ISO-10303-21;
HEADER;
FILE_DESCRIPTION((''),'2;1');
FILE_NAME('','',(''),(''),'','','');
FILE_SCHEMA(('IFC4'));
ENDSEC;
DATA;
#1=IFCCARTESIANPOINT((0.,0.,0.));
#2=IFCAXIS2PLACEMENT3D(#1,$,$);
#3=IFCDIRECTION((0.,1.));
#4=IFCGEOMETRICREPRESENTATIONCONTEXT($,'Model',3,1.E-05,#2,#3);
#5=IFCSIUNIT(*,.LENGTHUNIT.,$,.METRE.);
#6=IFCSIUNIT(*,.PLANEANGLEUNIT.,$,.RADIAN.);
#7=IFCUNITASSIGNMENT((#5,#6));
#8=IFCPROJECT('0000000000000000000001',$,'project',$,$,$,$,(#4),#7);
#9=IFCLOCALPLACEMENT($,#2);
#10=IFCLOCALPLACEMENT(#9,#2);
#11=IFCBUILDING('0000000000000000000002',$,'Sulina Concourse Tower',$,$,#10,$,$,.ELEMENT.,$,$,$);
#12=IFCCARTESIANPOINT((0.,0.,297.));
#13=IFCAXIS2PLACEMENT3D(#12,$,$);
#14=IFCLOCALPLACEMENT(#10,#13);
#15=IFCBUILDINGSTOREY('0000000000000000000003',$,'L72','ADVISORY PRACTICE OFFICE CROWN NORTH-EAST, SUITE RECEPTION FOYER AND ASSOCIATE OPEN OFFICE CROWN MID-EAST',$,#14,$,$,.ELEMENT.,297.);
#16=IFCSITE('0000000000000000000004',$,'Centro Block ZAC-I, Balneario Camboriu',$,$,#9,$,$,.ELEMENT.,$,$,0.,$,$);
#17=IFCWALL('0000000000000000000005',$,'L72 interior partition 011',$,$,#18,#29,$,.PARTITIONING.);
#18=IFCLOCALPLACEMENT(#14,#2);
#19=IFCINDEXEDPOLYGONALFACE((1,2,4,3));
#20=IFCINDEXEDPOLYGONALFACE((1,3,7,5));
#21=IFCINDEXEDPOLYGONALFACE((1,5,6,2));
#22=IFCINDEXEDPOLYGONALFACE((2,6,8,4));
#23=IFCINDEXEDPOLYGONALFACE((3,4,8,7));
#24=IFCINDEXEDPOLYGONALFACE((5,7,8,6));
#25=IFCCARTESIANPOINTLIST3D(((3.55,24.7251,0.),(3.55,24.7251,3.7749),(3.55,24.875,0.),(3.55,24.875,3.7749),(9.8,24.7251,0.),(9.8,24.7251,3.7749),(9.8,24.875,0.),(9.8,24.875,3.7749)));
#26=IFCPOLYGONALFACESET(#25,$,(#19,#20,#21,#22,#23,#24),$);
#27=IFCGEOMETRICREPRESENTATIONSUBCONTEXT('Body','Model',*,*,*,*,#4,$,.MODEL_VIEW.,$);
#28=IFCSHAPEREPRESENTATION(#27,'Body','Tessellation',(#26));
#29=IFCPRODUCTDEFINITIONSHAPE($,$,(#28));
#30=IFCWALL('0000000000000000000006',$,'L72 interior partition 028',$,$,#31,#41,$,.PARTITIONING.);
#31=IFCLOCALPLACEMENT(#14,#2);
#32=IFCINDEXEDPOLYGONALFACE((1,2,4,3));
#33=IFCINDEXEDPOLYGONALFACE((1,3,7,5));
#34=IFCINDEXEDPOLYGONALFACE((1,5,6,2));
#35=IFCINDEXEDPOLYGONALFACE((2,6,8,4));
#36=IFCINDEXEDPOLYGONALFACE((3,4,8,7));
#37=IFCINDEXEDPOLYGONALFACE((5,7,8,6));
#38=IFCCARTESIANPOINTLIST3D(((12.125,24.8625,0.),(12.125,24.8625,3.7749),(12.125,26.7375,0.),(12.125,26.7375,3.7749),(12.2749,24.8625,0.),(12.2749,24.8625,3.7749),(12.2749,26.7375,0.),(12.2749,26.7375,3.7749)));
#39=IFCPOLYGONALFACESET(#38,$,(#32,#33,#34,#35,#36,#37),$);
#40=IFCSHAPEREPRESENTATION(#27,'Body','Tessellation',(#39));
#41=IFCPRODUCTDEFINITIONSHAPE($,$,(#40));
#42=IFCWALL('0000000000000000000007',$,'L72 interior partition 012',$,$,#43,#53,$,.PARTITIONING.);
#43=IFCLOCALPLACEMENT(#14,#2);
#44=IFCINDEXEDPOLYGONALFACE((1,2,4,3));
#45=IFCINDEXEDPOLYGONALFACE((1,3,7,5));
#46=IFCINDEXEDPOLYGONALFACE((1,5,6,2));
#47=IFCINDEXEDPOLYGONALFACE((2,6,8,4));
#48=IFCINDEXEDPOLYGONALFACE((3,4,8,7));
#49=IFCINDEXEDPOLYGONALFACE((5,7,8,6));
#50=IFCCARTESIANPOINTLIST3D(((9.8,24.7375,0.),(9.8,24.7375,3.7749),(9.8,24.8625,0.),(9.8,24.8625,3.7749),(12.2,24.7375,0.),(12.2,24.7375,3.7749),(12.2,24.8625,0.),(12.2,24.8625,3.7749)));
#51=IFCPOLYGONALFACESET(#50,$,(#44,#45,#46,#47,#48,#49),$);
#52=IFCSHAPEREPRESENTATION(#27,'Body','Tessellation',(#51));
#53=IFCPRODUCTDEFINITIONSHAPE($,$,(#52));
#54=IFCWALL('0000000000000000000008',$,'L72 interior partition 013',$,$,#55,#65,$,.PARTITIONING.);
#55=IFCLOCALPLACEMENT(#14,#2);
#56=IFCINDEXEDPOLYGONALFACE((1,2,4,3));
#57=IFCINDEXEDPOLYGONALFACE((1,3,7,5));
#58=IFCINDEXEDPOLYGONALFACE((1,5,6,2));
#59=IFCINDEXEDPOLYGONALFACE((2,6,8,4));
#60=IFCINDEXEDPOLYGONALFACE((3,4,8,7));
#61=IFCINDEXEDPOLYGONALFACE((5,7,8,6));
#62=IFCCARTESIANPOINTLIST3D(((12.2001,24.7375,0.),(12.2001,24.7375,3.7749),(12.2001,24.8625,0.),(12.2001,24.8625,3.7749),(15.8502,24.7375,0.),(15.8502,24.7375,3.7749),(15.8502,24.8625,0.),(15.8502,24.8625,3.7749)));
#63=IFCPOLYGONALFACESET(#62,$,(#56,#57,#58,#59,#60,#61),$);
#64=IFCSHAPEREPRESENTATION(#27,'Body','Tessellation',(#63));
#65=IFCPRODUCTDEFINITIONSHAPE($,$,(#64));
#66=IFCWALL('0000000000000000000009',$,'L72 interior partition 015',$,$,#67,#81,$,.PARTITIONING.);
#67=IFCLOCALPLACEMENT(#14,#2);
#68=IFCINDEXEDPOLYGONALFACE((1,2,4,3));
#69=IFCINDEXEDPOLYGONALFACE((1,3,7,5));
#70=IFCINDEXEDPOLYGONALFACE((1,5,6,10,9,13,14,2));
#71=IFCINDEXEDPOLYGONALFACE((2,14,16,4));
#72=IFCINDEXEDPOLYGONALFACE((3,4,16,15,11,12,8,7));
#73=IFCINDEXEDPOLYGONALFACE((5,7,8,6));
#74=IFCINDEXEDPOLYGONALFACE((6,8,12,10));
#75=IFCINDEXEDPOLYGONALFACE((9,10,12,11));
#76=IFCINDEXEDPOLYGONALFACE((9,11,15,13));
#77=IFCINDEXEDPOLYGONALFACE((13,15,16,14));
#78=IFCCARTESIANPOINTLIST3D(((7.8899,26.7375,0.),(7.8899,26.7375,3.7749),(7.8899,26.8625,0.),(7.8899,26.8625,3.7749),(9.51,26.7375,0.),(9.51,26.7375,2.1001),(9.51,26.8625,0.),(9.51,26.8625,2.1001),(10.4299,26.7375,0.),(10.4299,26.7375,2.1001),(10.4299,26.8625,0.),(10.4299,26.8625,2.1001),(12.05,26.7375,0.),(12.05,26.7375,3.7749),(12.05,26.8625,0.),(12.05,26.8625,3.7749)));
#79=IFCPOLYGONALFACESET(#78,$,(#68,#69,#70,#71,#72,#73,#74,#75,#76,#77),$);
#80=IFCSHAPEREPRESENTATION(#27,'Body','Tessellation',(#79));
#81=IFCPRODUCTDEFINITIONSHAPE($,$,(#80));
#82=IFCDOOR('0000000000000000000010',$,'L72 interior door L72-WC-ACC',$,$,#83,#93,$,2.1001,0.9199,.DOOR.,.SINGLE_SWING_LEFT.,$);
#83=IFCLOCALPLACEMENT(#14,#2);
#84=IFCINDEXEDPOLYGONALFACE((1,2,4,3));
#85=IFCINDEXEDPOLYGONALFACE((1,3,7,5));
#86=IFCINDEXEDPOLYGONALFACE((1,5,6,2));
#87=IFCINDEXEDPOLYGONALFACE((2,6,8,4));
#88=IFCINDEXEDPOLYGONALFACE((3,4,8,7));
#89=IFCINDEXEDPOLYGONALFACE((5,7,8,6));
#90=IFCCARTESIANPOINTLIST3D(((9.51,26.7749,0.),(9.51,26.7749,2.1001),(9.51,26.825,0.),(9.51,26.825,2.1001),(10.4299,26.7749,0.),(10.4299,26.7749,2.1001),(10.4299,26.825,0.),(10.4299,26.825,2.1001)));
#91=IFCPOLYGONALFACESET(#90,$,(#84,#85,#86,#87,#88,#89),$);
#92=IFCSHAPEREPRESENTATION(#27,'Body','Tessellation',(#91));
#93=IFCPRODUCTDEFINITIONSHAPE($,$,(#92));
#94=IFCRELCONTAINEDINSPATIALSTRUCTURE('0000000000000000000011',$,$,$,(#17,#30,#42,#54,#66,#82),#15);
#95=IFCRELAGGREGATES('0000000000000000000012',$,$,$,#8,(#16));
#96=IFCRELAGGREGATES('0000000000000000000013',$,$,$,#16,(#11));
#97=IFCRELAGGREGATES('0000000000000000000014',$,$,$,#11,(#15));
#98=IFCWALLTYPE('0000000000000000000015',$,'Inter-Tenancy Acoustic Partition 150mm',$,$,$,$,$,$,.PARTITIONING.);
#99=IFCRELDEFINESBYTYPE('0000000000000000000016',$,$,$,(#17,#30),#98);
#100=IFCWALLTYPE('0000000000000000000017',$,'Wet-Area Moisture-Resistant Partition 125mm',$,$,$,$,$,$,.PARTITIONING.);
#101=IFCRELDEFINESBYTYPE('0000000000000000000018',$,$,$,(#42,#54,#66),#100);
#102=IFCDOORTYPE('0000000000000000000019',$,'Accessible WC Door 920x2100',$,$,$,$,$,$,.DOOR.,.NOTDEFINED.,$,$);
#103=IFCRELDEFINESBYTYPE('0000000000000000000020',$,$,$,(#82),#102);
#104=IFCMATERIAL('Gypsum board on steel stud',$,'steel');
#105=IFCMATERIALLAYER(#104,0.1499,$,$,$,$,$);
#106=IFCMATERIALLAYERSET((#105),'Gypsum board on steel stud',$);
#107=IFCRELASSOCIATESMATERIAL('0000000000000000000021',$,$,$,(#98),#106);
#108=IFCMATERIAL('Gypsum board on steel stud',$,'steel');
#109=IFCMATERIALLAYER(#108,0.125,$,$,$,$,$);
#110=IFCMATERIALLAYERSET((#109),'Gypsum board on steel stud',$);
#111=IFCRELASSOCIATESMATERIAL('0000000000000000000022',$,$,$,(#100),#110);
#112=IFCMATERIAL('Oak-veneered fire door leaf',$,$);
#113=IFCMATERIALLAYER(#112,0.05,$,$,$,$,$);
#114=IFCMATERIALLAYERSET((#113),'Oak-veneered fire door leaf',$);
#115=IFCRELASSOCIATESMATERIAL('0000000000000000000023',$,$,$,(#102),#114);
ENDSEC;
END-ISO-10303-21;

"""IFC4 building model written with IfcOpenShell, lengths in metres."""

from ifc_helpers import new_model, si_unit, direction, frame, frame_2d, origin, place, context, subcontext, project, spatial, rectangle, extrude, material, layer, layer_set, type_object, element, fill, save


model = new_model("IFC4")

# Units and contexts
model_context = context("Model", 3, precision=1e-05, world=origin(), true_north=direction((0.0, 1.0)))
body_context = subcontext(model_context, "Body", "Model", "MODEL_VIEW")
ifc_project = project(units=[si_unit("LENGTHUNIT", "METRE"), si_unit("PLANEANGLEUNIT", "RADIAN")], contexts=[model_context])

# Site, building, storey
site_placement = place(None, origin())
site = spatial("IfcSite", under=ifc_project, at=site_placement, Name="Centro Block ZAC-I, Balneario Camboriu", CompositionType="ELEMENT", RefElevation=0.0)
building_placement = place(site_placement, origin())
building = spatial("IfcBuilding", under=site, at=building_placement, Name="Sulina Concourse Tower", CompositionType="ELEMENT")
storey_placement = place(building_placement, frame((0.0, 0.0, 297.0)))
storey = spatial("IfcBuildingStorey", under=building, at=storey_placement, Name="L72", Description="ADVISORY PRACTICE OFFICE CROWN NORTH-EAST, SUITE RECEPTION FOYER AND ASSOCIATE OPEN OFFICE CROWN MID-EAST", CompositionType="ELEMENT", Elevation=297.0)

# Walls
ifc_material_1 = material(Name="Gypsum board on steel stud", Category="steel")
ifc_layer_1 = layer(ifc_material_1, 0.1499)
ifc_layer_set_1 = layer_set([ifc_layer_1], Name="Gypsum board on steel stud")
wall_type_1 = type_object("IfcWallType", Name="Inter-Tenancy Acoustic Partition 150mm", PredefinedType="PARTITIONING", material=ifc_layer_set_1)
wall_1_placement = place(storey_placement, frame((3.55, 24.8, 0.0), z_axis=(0.0, 0.0, 1.0), x_axis=(1.0, 0.0, 0.0)))
element("IfcWall", 1, at=wall_1_placement, inside=storey, type_object=wall_type_1, Name="L72 interior partition 011", PredefinedType="PARTITIONING", context=body_context, shape_type="SweptSolid", body=[
    extrude(rectangle(XDim=6.25, YDim=0.1499, at=frame_2d((3.125, 0.0))), origin(), (0.0, 0.0, 1.0), 3.7749),
])
wall_2_placement = place(storey_placement, frame((12.2, 24.8625, 0.0), z_axis=(0.0, 0.0, 1.0), x_axis=(0.0, 1.0, 0.0)))
element("IfcWall", 2, at=wall_2_placement, inside=storey, type_object=wall_type_1, Name="L72 interior partition 028", PredefinedType="PARTITIONING", context=body_context, shape_type="SweptSolid", body=[
    extrude(rectangle(XDim=1.875, YDim=0.1499, at=frame_2d((0.9375, 0.0))), origin(), (0.0, 0.0, 1.0), 3.7749),
])
ifc_material_2 = material(Name="Gypsum board on steel stud", Category="steel")
ifc_layer_2 = layer(ifc_material_2, 0.125)
ifc_layer_set_2 = layer_set([ifc_layer_2], Name="Gypsum board on steel stud")
wall_type_2 = type_object("IfcWallType", Name="Wet-Area Moisture-Resistant Partition 125mm", PredefinedType="PARTITIONING", material=ifc_layer_set_2)
wall_3_placement = place(storey_placement, frame((9.8, 24.8, 0.0), z_axis=(0.0, 0.0, 1.0), x_axis=(1.0, 0.0, 0.0)))
element("IfcWall", 3, at=wall_3_placement, inside=storey, type_object=wall_type_2, Name="L72 interior partition 012", PredefinedType="PARTITIONING", context=body_context, shape_type="SweptSolid", body=[
    extrude(rectangle(XDim=2.3999, YDim=0.125, at=frame_2d((1.2, 0.0))), origin(), (0.0, 0.0, 1.0), 3.7749),
])
wall_4_placement = place(storey_placement, frame((12.2, 24.8, 0.0), z_axis=(0.0, 0.0, 1.0), x_axis=(1.0, 0.0, 0.0)))
element("IfcWall", 4, at=wall_4_placement, inside=storey, type_object=wall_type_2, Name="L72 interior partition 013", PredefinedType="PARTITIONING", context=body_context, shape_type="SweptSolid", body=[
    extrude(rectangle(XDim=3.6501, YDim=0.125, at=frame_2d((1.8252, 0.0))), origin(), (0.0, 0.0, 1.0), 3.7749),
])

# Wall, opening, door
wall_5_placement = place(storey_placement, frame((7.8899, 26.8, 0.0), z_axis=(0.0, 0.0, 1.0), x_axis=(1.0, 0.0, 0.0)))
wall_5 = element("IfcWall", 5, at=wall_5_placement, inside=storey, type_object=wall_type_2, Name="L72 interior partition 015", PredefinedType="PARTITIONING", context=body_context, shape_type="SweptSolid", body=[
    extrude(rectangle(XDim=4.1602, YDim=0.125, at=frame_2d((2.0801, 0.0))), origin(), (0.0, 0.0, 1.0), 3.7749),
])
opening_1_placement = place(wall_5_placement, frame((1.6201, 0.0, 0.0)))
opening_1 = element("IfcOpeningElement", 6, at=opening_1_placement, cuts=wall_5, PredefinedType="OPENING", context=body_context, shape_type="SweptSolid", body=[
    extrude(rectangle(XDim=0.9199, YDim=2.1001, at=frame_2d((0.46, 1.05))), frame((0.0, 0.0725, 0.0), z_axis=(0.0, -1.0, 0.0), x_axis=(1.0, 0.0, 0.0)), (0.0, 0.0, 1.0), 0.145),
])
ifc_material_3 = material(Name="Oak-veneered fire door leaf")
ifc_layer_3 = layer(ifc_material_3, 0.05)
ifc_layer_set_3 = layer_set([ifc_layer_3], Name="Oak-veneered fire door leaf")
door_type = type_object("IfcDoorType", Name="Accessible WC Door 920x2100", OperationType="NOTDEFINED", PredefinedType="DOOR", material=ifc_layer_set_3)
door_placement = place(opening_1_placement, origin())
door = element("IfcDoor", 7, at=door_placement, inside=storey, type_object=door_type, Name="L72 interior door L72-WC-ACC", OperationType="SINGLE_SWING_LEFT", OverallHeight=2.1001, OverallWidth=0.9199, PredefinedType="DOOR", context=body_context, shape_type="SweptSolid", body=[
    extrude(rectangle(XDim=0.9199, YDim=2.1001, at=frame_2d((0.46, 1.05))), frame((0.0, 0.0249, 0.0), z_axis=(0.0, -1.0, 0.0), x_axis=(1.0, 0.0, 0.0)), (0.0, 0.0, 1.0), 0.05),
])
fill(opening_1, door)

save(model, "model.ifc")
